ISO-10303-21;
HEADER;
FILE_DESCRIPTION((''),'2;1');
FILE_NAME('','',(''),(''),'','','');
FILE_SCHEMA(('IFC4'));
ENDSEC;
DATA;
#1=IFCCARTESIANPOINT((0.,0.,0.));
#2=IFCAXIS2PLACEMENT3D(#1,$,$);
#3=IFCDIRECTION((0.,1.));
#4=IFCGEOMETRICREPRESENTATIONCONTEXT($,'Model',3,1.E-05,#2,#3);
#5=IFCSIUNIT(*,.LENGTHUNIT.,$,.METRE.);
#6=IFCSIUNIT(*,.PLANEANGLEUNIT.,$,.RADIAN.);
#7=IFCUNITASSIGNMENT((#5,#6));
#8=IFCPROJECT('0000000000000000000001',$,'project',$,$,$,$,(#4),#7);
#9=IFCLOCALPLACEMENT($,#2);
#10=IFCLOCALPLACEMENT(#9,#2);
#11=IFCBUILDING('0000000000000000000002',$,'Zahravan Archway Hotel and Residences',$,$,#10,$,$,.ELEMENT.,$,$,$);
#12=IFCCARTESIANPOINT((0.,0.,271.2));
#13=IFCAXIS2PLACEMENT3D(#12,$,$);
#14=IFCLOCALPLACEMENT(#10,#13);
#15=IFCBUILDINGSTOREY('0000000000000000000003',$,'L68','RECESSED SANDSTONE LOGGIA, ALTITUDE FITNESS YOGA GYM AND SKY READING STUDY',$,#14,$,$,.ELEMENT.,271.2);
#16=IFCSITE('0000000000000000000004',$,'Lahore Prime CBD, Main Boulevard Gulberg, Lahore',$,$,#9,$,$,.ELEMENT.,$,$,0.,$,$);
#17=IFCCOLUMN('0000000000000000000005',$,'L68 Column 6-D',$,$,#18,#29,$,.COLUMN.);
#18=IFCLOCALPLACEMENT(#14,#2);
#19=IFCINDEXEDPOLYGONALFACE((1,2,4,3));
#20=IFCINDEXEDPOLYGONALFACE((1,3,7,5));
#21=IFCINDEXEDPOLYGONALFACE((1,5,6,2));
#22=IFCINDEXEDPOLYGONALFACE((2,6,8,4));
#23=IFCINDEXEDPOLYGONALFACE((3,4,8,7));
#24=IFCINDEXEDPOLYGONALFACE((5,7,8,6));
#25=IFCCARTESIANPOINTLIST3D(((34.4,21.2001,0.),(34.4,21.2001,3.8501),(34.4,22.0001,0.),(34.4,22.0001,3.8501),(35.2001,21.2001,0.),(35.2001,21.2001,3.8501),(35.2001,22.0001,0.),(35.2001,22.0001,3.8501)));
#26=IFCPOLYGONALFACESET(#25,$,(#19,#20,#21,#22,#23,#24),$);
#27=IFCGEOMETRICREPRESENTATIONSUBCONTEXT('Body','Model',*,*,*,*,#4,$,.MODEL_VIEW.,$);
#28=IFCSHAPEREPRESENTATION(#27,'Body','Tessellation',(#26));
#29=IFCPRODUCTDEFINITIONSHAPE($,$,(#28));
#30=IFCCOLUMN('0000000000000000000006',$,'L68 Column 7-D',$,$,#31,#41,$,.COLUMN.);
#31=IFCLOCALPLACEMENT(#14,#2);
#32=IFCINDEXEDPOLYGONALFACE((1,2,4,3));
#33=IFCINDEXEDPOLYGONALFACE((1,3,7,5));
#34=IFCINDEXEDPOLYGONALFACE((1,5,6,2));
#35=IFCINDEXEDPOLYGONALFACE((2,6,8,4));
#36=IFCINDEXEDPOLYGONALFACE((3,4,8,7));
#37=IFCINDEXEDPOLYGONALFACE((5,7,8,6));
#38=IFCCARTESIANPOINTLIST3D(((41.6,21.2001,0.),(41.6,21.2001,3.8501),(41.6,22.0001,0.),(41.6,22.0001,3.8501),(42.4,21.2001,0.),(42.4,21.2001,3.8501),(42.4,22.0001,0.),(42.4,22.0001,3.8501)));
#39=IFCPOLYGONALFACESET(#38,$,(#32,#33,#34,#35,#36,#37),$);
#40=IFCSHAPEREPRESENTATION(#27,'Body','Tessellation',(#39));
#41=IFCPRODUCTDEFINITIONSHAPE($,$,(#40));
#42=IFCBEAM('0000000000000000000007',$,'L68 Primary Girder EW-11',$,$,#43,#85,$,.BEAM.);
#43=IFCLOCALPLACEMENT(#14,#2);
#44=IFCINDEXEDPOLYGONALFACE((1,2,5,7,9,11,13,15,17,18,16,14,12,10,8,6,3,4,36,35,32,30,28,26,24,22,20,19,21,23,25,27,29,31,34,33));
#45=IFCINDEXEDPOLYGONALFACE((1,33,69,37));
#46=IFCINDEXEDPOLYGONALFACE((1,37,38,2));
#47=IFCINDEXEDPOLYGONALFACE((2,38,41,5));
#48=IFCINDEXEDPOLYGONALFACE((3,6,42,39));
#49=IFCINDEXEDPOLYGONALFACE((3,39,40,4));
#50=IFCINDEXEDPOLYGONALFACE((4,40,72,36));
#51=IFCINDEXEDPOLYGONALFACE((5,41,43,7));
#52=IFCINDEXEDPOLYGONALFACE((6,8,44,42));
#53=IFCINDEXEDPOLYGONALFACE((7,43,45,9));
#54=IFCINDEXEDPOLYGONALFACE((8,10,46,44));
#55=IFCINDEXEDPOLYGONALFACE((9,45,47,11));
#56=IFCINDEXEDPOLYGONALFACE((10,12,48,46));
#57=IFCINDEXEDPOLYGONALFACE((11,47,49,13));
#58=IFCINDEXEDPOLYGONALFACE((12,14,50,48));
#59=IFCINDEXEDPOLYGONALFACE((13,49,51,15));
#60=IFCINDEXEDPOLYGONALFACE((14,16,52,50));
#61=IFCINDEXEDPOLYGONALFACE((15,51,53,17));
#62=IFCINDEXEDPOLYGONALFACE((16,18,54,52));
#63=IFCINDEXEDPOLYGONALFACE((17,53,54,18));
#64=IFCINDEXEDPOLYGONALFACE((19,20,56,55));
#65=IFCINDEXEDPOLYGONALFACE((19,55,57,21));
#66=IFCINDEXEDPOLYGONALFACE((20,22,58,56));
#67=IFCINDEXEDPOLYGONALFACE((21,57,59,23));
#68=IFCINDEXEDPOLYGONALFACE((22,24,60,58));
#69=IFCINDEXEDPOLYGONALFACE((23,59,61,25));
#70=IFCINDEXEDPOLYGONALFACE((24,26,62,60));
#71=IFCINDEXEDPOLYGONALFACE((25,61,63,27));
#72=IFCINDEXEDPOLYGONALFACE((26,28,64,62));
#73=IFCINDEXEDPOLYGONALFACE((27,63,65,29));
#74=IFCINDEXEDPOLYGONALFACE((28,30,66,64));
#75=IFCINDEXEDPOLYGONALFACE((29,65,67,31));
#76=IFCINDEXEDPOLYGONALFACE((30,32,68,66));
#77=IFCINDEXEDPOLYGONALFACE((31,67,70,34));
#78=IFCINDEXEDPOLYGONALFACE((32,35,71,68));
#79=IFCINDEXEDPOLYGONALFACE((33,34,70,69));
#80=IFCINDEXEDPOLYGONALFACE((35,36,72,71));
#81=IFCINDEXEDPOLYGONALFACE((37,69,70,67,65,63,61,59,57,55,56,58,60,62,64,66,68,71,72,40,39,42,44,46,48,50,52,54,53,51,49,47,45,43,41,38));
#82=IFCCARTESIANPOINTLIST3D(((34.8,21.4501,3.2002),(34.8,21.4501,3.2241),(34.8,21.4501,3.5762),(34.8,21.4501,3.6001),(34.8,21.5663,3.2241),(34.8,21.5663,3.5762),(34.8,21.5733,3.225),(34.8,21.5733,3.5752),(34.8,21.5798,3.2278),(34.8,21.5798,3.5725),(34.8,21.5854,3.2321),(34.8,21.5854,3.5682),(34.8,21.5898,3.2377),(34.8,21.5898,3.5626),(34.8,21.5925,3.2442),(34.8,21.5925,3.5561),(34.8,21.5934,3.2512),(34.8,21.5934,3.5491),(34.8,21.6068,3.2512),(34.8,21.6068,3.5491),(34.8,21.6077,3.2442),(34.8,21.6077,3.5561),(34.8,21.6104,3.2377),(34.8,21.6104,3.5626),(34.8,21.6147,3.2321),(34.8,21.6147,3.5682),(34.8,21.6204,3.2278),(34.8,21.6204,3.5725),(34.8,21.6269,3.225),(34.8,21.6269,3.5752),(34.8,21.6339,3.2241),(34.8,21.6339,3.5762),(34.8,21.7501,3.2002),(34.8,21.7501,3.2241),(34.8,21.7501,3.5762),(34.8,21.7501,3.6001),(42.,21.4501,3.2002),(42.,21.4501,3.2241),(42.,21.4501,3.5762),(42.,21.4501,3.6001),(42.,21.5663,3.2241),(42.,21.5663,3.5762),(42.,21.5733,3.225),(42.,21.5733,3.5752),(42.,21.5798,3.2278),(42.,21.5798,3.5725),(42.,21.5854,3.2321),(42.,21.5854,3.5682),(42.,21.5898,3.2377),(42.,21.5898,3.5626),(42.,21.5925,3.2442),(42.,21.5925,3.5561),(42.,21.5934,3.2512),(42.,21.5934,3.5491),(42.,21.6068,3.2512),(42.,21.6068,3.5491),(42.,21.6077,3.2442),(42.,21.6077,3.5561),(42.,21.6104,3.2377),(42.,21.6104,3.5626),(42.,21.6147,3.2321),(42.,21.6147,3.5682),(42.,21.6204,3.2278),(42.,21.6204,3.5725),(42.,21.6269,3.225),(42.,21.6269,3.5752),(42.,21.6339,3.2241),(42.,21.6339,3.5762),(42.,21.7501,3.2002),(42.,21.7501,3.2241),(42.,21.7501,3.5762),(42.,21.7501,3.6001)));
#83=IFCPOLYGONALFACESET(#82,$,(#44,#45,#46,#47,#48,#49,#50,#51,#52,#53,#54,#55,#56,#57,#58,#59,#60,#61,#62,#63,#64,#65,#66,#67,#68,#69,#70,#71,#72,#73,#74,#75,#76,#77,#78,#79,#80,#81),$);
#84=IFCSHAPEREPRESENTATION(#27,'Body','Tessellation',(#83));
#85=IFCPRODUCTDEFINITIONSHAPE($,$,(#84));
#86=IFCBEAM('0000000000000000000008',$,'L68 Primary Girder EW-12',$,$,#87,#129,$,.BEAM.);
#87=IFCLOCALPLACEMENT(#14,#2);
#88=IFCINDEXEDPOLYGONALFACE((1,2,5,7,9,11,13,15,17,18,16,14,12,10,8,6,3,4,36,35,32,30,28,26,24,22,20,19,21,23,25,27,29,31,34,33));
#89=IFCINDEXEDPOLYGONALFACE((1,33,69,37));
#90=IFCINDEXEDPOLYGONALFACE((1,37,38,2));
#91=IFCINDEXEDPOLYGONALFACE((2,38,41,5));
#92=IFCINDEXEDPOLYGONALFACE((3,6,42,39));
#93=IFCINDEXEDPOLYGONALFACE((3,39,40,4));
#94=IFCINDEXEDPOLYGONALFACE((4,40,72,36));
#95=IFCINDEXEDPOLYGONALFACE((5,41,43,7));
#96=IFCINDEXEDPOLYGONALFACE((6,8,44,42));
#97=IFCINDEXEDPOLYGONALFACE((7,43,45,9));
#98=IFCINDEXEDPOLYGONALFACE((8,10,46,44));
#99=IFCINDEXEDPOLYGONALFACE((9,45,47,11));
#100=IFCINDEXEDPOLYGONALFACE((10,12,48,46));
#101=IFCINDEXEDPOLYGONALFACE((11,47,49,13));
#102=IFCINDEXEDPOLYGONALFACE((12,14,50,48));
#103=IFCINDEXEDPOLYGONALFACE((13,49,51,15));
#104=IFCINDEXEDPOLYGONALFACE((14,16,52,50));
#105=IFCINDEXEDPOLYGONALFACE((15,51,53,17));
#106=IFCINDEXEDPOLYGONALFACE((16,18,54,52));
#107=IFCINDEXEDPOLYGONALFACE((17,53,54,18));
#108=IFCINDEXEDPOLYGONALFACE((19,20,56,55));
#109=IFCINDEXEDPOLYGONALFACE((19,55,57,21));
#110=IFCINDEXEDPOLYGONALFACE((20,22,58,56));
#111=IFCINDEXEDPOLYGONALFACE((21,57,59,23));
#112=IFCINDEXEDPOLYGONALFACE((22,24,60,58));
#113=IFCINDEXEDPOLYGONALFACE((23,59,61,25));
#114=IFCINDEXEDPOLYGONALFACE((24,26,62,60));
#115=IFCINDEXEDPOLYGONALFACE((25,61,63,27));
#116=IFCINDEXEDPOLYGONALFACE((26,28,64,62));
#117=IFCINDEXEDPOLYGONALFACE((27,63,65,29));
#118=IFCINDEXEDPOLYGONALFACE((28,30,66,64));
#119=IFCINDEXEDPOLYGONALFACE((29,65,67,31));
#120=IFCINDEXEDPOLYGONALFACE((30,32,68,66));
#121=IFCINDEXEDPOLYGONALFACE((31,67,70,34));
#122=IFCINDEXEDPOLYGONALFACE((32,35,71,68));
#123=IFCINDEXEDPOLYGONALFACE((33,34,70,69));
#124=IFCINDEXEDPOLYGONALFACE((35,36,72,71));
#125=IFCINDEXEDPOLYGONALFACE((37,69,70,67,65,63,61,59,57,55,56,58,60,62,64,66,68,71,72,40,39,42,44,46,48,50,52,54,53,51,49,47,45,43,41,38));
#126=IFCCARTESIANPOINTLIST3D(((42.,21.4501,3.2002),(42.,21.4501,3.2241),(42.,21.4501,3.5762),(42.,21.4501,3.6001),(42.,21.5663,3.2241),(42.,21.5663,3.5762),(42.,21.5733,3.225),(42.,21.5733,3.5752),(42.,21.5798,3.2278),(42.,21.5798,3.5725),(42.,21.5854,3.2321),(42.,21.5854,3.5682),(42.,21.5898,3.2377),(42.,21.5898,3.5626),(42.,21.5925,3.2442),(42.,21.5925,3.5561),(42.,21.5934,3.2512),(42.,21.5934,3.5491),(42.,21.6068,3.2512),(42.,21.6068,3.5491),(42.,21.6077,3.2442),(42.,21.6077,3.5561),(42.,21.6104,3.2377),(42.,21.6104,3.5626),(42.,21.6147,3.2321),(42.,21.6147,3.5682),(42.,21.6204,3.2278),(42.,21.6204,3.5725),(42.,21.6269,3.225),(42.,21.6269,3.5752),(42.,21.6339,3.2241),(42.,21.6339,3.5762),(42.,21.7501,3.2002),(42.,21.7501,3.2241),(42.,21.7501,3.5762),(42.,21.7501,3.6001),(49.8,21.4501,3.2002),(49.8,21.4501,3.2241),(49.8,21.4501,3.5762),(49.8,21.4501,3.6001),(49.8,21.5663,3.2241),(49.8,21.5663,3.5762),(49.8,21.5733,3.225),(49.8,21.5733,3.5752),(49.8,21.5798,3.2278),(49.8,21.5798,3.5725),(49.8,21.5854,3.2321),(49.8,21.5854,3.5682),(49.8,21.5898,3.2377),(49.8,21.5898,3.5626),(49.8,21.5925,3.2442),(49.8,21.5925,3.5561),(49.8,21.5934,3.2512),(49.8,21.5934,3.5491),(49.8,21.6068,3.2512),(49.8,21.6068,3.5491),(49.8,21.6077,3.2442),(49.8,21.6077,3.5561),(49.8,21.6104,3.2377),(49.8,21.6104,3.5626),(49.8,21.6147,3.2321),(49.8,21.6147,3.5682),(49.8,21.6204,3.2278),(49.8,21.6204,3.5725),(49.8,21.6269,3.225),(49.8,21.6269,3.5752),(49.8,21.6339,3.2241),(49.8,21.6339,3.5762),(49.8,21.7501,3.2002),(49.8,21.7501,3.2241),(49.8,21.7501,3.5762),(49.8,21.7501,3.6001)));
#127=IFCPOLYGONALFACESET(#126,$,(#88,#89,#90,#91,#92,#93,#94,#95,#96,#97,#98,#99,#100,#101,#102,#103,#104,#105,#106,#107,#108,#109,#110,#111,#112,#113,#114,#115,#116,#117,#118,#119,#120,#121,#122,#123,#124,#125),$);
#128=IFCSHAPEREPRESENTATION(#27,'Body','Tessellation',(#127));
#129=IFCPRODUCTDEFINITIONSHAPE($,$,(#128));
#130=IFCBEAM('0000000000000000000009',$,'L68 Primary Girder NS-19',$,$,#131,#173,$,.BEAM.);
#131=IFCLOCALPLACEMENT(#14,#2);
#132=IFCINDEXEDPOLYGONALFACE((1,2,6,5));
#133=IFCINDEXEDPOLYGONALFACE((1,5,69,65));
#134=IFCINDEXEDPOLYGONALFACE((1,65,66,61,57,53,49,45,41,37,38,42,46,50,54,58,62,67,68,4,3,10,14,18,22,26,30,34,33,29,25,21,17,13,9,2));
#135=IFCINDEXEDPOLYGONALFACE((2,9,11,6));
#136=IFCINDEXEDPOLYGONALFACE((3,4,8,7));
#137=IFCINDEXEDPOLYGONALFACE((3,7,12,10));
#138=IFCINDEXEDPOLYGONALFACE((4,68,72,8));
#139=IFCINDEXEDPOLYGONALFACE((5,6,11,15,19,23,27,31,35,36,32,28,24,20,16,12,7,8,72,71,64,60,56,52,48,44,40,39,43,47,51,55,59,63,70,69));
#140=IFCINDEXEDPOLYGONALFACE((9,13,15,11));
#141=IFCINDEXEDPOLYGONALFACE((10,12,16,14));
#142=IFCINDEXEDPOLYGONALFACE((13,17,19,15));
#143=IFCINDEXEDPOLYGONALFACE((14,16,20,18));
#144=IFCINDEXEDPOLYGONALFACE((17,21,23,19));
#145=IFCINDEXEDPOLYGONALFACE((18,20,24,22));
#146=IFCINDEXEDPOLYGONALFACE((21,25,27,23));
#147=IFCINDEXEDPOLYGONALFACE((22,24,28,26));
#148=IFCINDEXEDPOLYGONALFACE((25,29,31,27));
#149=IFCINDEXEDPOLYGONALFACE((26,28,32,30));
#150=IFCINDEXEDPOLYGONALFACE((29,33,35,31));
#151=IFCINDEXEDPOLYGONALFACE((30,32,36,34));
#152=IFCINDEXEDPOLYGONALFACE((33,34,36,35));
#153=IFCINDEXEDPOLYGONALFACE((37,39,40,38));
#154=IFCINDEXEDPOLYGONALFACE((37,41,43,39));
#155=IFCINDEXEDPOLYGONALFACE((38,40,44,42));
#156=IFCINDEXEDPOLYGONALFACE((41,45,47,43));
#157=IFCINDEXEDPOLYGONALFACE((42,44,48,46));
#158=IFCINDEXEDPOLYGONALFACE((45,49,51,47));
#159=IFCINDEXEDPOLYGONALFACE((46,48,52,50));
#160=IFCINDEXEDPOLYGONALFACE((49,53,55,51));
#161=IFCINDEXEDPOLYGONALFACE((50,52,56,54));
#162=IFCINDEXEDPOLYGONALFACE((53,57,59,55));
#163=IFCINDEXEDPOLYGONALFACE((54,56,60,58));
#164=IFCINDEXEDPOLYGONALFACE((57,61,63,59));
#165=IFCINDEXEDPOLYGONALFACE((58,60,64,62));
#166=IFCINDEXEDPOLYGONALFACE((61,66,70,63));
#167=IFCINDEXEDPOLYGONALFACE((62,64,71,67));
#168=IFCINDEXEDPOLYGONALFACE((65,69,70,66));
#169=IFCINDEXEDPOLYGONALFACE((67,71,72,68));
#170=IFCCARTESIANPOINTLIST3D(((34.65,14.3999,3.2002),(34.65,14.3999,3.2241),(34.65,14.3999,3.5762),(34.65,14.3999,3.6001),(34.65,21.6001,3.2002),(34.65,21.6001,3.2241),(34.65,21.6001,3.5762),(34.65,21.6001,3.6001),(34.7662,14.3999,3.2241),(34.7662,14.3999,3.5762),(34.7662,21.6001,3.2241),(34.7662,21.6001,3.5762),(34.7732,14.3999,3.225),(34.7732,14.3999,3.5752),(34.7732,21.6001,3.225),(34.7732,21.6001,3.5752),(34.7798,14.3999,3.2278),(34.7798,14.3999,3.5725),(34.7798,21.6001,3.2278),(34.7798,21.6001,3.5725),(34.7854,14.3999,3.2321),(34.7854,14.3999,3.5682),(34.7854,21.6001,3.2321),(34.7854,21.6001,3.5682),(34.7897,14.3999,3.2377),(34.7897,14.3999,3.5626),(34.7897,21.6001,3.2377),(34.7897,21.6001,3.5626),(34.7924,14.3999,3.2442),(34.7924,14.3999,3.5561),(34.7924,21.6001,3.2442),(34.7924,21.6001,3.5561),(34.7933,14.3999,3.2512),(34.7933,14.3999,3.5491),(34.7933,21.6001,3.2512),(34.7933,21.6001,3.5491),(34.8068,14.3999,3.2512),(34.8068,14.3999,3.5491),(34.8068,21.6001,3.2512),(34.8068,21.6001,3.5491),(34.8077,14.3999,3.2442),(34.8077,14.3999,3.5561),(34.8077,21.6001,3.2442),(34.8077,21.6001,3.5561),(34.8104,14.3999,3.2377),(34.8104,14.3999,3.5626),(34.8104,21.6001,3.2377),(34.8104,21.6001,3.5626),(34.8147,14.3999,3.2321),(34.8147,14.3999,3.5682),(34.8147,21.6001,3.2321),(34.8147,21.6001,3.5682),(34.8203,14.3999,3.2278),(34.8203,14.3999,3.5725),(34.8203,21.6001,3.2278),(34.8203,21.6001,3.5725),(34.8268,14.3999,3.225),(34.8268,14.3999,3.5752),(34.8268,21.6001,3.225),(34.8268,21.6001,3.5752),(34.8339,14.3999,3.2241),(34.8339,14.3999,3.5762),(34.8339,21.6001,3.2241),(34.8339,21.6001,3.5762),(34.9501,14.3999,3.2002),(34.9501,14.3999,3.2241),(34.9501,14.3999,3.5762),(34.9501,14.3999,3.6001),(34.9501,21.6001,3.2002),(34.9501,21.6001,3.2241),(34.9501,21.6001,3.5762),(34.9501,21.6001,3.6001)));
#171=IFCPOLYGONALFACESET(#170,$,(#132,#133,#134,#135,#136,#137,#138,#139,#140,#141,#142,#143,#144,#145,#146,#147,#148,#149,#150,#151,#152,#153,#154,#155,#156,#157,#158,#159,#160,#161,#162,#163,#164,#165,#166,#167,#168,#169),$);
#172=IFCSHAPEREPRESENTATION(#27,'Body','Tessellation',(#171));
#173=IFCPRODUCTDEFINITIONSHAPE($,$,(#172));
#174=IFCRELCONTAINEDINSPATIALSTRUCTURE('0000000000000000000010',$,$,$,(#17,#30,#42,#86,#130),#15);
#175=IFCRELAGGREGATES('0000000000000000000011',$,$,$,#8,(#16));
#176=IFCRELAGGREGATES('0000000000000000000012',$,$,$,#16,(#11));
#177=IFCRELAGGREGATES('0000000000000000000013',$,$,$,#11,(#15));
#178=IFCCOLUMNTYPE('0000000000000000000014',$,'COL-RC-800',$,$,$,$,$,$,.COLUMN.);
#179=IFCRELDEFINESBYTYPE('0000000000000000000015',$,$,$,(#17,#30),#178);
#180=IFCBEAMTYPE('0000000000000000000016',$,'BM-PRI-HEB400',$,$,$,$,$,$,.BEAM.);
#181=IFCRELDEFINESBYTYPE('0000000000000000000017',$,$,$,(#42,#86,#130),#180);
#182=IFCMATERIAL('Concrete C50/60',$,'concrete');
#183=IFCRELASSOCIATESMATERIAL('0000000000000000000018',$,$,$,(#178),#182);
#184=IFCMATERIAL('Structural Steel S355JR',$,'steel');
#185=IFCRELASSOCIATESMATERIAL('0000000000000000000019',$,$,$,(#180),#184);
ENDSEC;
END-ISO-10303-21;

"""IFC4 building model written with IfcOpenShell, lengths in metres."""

from ifc_helpers import new_model, si_unit, direction, frame, origin, origin_2d, place, context, subcontext, project, spatial, rectangle, i_section, extrude, source, transform, mapped, material, material_profile, profile_set, type_object, type_shapes, element, save


model = new_model("IFC4")

# Units and contexts
model_context = context("Model", 3, precision=1e-05, world=origin(), true_north=direction((0.0, 1.0)))
body_context = subcontext(model_context, "Body", "Model", "MODEL_VIEW")
ifc_project = project(units=[si_unit("LENGTHUNIT", "METRE"), si_unit("PLANEANGLEUNIT", "RADIAN")], contexts=[model_context])

# Site, building, storey
site_placement = place(None, origin())
site = spatial("IfcSite", under=ifc_project, at=site_placement, Name="Lahore Prime CBD, Main Boulevard Gulberg, Lahore", CompositionType="ELEMENT", RefElevation=0.0)
building_placement = place(site_placement, origin())
building = spatial("IfcBuilding", under=site, at=building_placement, Name="Zahravan Archway Hotel and Residences", CompositionType="ELEMENT")
storey_placement = place(building_placement, frame((0.0, 0.0, 271.2)))
storey = spatial("IfcBuildingStorey", under=building, at=storey_placement, Name="L68", Description="RECESSED SANDSTONE LOGGIA, ALTITUDE FITNESS YOGA GYM AND SKY READING STUDY", CompositionType="ELEMENT", Elevation=271.2)

# Columns
ifc_material_1 = material(Name="Concrete C50/60", Category="concrete")
ifc_material_profile_1 = material_profile(ifc_material_1, rectangle(XDim=0.8, YDim=0.8, at=origin_2d()), Name="RC-COL-800x800", Category="concrete")
ifc_profile_set_1 = profile_set([ifc_material_profile_1], Name="Concrete C50/60")
column_type = type_object("IfcColumnType", Name="COL-RC-800", PredefinedType="COLUMN", material=ifc_profile_set_1)
shared_shape_1 = source(origin(), body_context, "Body", "SweptSolid", [
    extrude(rectangle(XDim=0.8, YDim=0.8, at=origin_2d()), origin(), (0.0, 0.0, 1.0), 3.8501),
])
for number, where, z_axis, x_axis, name in (
    (1, (34.8, 21.6001, 0.0), (0.0, 0.0, 1.0), (1.0, 0.0, 0.0), "L68 Column 6-D"),
    (2, (42.0, 21.6001, 0.0), (0.0, 0.0, 1.0), (1.0, 0.0, 0.0), "L68 Column 7-D"),
):
    element("IfcColumn", number, at=place(storey_placement, frame(where, z_axis=z_axis, x_axis=x_axis)), inside=storey, type_object=column_type, Name=name, PredefinedType="COLUMN", context=body_context, shape_type="MappedRepresentation", body=[
        mapped(shared_shape_1, transform((0.0, 0.0, 0.0), scale=1.0)),
    ])

# Beams
ifc_material_2 = material(Name="Structural Steel S355JR", Category="steel")
ifc_material_profile_2 = material_profile(ifc_material_2, i_section(OverallWidth=0.3, OverallDepth=0.3999, WebThickness=0.0134, FlangeThickness=0.0239, FilletRadius=0.0271, at=origin_2d()), Name="HEB 400", Category="steel")
ifc_profile_set_2 = profile_set([ifc_material_profile_2], Name="Structural Steel S355JR")
beam_type = type_object("IfcBeamType", Name="BM-PRI-HEB400", PredefinedType="BEAM", material=ifc_profile_set_2)
shared_shape_2 = source(origin(), body_context, "Body", "SweptSolid", [
    extrude(i_section(OverallWidth=0.3, OverallDepth=0.3999, WebThickness=0.0134, FlangeThickness=0.0239, FilletRadius=0.0271, at=origin_2d()), origin(), (0.0, 0.0, 1.0), 7.2),
])
type_shapes(beam_type, [shared_shape_2])
beam_1_placement = place(storey_placement, frame((34.8, 21.6001, 3.4001), z_axis=(1.0, 0.0, 0.0), x_axis=(0.0, 1.0, 0.0)))
element("IfcBeam", 3, at=beam_1_placement, inside=storey, type_object=beam_type, Name="L68 Primary Girder EW-11", PredefinedType="BEAM", context=body_context, shape_type="MappedRepresentation", body=[
    mapped(shared_shape_2, transform((0.0, 0.0, 0.0), scale=1.0)),
])
shared_shape_3 = source(origin(), body_context, "Body", "SweptSolid", [
    extrude(i_section(OverallWidth=0.3, OverallDepth=0.3999, WebThickness=0.0134, FlangeThickness=0.0239, FilletRadius=0.0271, at=origin_2d()), origin(), (0.0, 0.0, 1.0), 7.8),
])
beam_2_placement = place(storey_placement, frame((42.0, 21.6001, 3.4001), z_axis=(1.0, 0.0, 0.0), x_axis=(0.0, 1.0, 0.0)))
element("IfcBeam", 4, at=beam_2_placement, inside=storey, type_object=beam_type, Name="L68 Primary Girder EW-12", PredefinedType="BEAM", context=body_context, shape_type="MappedRepresentation", body=[
    mapped(shared_shape_3, transform((0.0, 0.0, 0.0), scale=1.0)),
])
shared_shape_4 = source(origin(), body_context, "Body", "SweptSolid", [
    extrude(i_section(OverallWidth=0.3, OverallDepth=0.3999, WebThickness=0.0134, FlangeThickness=0.0239, FilletRadius=0.0271, at=origin_2d()), origin(), (0.0, 0.0, 1.0), 7.2002),
])
for number, where, z_axis, x_axis, name in (
    (5, (34.8, 14.3999, 3.4001), (0.0, 1.0, 0.0), (-1.0, 0.0, 0.0), "L68 Primary Girder NS-19"),
):
    element("IfcBeam", number, at=place(storey_placement, frame(where, z_axis=z_axis, x_axis=x_axis)), inside=storey, type_object=beam_type, Name=name, PredefinedType="BEAM", context=body_context, shape_type="MappedRepresentation", body=[
        mapped(shared_shape_4, transform((0.0, 0.0, 0.0), scale=1.0)),
    ])

save(model, "model.ifc")
